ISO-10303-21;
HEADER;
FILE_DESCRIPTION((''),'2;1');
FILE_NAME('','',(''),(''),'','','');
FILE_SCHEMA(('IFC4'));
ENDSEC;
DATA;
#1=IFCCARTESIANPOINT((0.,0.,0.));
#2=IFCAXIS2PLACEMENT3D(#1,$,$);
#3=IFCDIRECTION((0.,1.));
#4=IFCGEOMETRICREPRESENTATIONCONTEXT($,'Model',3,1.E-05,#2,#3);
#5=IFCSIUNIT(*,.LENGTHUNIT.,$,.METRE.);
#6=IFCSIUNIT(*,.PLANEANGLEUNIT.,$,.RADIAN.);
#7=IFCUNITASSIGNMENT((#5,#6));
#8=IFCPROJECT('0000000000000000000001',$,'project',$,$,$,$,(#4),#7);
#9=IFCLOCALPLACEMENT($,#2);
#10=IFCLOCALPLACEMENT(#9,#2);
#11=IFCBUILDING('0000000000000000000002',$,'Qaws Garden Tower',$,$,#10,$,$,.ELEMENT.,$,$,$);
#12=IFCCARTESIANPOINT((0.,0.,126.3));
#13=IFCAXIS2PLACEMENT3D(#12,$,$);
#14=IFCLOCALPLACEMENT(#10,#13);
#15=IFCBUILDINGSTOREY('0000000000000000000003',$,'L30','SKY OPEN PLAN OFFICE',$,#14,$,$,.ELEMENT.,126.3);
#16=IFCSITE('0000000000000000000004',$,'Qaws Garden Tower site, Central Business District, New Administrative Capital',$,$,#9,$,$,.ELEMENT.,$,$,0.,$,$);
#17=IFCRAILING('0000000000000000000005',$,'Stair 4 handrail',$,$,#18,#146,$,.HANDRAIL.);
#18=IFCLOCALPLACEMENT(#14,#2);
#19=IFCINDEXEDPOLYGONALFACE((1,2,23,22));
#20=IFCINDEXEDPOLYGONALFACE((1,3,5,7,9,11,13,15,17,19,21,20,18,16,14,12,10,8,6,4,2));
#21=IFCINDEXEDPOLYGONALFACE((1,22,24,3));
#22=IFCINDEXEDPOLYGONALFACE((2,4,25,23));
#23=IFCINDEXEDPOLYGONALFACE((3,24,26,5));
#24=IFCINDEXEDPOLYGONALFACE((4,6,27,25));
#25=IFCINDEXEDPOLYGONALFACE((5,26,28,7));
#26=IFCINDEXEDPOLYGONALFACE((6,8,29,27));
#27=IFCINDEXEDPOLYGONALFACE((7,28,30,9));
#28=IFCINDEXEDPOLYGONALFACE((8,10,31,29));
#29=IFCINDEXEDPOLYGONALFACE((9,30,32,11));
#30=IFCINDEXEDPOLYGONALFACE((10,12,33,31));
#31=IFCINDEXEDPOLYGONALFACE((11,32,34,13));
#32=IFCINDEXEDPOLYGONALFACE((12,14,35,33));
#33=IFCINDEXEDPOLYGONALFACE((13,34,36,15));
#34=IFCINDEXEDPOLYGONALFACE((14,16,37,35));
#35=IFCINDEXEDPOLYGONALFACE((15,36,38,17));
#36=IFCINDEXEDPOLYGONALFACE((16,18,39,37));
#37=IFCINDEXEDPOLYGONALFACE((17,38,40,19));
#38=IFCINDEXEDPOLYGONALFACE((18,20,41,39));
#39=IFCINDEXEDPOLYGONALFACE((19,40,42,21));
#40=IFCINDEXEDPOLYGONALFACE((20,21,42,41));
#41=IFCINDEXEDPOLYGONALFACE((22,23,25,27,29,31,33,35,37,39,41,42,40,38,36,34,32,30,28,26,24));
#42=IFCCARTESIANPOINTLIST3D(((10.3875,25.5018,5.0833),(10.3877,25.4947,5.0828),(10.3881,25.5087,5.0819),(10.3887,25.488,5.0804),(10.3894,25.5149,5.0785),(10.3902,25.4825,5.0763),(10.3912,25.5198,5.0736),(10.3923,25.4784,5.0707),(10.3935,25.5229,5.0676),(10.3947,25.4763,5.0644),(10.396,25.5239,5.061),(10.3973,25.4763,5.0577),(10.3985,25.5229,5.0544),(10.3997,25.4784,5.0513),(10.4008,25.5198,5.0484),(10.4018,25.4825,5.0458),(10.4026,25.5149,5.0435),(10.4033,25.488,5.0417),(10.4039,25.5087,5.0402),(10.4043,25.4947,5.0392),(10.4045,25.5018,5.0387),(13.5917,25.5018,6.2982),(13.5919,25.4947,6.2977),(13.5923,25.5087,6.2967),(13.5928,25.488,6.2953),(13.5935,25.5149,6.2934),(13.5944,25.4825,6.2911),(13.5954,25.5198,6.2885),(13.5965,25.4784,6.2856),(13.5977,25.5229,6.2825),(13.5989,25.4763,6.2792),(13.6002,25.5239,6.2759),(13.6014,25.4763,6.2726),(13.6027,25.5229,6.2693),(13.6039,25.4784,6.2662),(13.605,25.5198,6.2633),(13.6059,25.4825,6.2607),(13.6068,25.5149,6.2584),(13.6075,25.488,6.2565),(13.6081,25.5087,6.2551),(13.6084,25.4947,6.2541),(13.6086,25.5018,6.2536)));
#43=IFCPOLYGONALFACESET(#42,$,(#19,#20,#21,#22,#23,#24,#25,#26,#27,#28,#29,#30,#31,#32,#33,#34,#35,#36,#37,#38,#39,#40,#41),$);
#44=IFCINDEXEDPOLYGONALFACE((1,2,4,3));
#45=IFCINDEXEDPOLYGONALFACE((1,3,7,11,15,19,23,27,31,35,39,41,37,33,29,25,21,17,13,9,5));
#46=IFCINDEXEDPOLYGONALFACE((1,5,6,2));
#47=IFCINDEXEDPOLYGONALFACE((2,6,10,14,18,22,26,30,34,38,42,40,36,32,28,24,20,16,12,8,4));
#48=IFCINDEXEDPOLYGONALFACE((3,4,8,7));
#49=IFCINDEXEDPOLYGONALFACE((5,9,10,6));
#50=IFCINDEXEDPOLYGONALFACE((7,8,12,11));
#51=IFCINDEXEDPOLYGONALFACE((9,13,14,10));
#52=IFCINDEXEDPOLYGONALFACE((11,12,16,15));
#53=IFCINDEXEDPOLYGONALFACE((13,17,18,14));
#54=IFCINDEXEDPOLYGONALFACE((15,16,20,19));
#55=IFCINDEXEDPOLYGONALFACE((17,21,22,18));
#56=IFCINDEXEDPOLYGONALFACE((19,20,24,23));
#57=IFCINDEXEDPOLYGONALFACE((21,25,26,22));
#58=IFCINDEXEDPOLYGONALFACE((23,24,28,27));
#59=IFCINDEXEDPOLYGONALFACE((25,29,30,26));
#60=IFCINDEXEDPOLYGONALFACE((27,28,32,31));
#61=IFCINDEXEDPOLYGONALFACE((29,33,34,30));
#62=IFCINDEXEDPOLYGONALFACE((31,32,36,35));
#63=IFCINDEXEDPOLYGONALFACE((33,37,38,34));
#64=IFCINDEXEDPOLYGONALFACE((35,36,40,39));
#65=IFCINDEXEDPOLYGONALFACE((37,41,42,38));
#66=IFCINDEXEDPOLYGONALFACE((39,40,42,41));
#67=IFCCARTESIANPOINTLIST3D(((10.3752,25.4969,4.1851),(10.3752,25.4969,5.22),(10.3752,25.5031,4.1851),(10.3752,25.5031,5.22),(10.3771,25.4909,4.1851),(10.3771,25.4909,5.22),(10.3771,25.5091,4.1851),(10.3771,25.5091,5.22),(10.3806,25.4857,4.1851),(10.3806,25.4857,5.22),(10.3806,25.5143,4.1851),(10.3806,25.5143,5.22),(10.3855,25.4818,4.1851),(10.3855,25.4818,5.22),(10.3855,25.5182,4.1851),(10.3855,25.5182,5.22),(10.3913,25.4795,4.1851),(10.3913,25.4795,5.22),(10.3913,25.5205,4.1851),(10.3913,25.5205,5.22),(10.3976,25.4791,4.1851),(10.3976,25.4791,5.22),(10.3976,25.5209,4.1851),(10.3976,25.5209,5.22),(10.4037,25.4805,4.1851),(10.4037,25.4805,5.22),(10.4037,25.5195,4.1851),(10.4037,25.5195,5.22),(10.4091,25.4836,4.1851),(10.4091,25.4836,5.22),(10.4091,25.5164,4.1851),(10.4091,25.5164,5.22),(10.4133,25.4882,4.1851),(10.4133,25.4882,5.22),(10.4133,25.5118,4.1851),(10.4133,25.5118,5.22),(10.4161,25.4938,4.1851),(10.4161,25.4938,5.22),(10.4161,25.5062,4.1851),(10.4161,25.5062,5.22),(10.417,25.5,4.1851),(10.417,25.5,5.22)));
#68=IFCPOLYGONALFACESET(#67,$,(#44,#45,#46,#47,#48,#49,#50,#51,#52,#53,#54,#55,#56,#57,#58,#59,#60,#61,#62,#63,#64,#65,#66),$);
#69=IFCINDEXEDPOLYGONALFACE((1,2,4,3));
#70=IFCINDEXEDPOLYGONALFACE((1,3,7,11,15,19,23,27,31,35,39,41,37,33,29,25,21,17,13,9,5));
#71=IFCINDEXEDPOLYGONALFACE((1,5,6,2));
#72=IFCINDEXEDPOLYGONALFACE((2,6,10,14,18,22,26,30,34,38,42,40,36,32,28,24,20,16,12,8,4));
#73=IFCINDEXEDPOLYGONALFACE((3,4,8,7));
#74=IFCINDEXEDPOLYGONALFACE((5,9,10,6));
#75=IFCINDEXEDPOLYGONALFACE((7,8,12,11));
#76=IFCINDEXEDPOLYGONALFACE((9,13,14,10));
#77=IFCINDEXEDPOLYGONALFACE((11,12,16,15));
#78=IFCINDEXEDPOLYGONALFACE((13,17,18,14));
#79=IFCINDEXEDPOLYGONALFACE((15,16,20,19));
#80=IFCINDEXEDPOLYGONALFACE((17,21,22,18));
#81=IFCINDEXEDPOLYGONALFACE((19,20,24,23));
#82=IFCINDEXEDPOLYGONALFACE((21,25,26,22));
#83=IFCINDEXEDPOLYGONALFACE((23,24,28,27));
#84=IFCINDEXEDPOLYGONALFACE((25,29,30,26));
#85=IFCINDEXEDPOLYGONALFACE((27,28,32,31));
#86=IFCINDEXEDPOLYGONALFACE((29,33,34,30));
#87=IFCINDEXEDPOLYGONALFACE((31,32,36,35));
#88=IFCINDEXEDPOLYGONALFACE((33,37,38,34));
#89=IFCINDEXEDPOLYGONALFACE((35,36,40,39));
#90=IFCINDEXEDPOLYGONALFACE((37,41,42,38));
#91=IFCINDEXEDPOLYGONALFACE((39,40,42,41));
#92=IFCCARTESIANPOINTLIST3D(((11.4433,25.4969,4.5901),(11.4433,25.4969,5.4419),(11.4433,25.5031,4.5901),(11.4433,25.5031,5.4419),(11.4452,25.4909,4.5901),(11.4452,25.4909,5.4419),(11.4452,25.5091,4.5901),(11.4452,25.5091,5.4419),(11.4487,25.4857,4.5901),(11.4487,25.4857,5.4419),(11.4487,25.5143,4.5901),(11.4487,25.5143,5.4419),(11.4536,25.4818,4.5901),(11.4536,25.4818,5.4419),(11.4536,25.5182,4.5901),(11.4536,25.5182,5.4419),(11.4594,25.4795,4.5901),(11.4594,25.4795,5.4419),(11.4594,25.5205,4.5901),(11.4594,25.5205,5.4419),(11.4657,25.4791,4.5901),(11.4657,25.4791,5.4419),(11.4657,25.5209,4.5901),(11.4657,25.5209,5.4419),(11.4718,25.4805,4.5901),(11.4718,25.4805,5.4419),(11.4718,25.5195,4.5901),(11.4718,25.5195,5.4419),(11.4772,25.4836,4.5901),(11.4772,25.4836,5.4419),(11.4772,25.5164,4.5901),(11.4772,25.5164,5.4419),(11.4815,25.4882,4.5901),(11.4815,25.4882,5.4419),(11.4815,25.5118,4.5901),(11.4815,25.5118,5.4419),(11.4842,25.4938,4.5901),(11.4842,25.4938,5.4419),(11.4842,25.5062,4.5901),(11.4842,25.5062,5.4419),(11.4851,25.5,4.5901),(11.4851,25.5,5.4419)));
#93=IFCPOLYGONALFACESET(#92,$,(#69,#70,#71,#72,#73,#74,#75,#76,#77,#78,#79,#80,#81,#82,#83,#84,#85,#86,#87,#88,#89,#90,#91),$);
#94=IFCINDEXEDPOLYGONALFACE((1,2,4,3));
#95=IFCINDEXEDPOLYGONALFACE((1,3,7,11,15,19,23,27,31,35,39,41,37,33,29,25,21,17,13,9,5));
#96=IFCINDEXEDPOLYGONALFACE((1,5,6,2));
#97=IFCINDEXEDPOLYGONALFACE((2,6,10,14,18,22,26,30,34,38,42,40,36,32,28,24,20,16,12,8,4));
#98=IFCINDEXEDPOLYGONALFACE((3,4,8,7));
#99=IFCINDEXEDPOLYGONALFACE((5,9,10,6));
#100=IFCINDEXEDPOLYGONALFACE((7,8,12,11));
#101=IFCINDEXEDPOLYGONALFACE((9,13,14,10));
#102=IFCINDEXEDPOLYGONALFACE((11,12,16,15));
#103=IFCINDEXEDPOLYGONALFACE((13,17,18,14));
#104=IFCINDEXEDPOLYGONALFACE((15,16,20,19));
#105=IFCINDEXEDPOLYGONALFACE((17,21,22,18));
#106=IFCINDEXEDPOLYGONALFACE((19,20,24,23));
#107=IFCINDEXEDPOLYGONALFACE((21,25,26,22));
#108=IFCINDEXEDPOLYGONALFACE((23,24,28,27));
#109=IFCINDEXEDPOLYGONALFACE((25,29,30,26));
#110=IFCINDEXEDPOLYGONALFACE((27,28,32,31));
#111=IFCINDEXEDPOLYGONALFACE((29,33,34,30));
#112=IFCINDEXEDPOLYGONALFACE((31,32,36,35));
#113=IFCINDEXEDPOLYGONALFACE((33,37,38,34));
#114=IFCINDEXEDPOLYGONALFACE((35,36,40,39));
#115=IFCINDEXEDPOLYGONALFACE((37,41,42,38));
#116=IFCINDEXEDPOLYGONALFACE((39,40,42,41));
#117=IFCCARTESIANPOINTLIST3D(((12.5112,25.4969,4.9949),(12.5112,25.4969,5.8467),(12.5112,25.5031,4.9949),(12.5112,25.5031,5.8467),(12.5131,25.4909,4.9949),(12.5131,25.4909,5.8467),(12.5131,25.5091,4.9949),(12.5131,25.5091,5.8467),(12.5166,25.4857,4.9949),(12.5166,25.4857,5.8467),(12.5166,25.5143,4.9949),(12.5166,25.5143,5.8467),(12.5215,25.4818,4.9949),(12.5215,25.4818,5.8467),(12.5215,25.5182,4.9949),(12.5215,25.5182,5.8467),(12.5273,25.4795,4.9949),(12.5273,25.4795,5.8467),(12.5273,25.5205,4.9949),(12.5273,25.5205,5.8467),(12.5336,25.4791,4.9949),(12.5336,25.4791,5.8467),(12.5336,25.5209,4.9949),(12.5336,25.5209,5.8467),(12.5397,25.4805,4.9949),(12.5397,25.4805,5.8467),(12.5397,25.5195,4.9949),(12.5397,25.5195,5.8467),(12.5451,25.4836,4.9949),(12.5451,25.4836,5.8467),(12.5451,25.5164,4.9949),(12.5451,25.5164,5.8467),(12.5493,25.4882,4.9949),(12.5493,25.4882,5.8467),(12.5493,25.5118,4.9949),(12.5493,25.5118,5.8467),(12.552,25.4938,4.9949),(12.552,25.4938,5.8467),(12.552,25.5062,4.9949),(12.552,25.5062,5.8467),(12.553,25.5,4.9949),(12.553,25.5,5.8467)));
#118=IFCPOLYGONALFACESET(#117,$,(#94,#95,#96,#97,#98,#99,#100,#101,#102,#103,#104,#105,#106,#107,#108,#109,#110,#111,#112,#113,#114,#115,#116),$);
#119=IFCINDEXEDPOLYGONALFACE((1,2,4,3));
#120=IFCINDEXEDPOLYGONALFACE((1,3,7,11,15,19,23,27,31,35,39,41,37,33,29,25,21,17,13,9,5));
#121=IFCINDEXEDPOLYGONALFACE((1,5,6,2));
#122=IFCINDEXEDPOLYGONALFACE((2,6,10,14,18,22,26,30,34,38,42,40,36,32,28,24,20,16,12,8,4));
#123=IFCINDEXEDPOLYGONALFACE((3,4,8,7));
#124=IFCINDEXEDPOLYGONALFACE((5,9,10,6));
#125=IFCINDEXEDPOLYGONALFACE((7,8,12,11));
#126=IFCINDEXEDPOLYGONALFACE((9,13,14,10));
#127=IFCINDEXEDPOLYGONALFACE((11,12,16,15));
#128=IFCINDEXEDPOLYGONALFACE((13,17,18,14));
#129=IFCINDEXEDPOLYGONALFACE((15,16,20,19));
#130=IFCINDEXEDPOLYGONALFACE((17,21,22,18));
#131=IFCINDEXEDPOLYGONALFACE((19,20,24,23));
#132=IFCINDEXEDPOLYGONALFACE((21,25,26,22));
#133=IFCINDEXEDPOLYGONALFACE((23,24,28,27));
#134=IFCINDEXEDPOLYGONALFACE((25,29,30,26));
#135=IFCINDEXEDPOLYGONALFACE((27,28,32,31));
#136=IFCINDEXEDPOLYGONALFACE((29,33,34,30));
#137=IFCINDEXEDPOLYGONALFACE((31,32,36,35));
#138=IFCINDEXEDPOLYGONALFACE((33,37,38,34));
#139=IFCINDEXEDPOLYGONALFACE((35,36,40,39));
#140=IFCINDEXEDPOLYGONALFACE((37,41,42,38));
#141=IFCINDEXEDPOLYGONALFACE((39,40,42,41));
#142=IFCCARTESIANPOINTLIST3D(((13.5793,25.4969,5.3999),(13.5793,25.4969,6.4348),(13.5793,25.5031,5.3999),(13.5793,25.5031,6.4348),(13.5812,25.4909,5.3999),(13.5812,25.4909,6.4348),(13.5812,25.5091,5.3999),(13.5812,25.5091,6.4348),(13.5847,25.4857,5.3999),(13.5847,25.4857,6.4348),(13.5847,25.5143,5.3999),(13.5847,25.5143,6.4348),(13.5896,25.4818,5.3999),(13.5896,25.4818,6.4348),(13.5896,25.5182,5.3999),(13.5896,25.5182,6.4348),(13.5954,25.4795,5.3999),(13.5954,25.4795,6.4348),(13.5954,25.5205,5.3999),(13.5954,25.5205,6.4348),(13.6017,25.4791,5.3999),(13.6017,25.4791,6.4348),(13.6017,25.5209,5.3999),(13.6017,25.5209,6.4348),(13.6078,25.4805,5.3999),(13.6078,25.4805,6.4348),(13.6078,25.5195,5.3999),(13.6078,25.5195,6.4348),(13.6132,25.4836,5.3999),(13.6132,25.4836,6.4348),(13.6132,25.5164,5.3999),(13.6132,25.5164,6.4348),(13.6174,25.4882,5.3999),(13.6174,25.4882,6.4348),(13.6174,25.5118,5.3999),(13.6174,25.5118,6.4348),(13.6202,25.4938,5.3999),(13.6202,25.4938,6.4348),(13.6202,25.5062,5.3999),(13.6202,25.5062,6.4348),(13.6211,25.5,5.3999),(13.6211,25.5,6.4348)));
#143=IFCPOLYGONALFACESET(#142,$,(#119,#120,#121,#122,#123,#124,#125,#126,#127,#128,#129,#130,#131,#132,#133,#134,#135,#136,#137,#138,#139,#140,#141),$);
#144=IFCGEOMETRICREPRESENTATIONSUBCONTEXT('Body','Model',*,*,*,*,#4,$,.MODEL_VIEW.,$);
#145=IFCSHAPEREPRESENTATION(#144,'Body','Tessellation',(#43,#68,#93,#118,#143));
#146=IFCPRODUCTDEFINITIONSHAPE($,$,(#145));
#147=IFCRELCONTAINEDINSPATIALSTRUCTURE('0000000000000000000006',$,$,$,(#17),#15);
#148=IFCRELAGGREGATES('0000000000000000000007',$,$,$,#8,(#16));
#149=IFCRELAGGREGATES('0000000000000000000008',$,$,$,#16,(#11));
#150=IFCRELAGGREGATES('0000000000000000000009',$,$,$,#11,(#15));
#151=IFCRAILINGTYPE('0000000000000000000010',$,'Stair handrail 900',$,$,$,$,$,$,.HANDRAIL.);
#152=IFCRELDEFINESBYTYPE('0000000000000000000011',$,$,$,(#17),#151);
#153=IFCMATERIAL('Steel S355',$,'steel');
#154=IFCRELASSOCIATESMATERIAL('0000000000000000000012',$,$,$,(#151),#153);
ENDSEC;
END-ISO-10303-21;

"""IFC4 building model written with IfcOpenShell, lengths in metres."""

from ifc_helpers import new_model, si_unit, direction, frame, origin, origin_2d, place, context, subcontext, project, spatial, circle, extrude, material, type_object, element, save


model = new_model("IFC4")

# Units and contexts
model_context = context("Model", 3, precision=1e-05, world=origin(), true_north=direction((0.0, 1.0)))
body_context = subcontext(model_context, "Body", "Model", "MODEL_VIEW")
ifc_project = project(units=[si_unit("LENGTHUNIT", "METRE"), si_unit("PLANEANGLEUNIT", "RADIAN")], contexts=[model_context])

# Site, building, storey
site_placement = place(None, origin())
site = spatial("IfcSite", under=ifc_project, at=site_placement, Name="Qaws Garden Tower site, Central Business District, New Administrative Capital", CompositionType="ELEMENT", RefElevation=0.0)
building_placement = place(site_placement, origin())
building = spatial("IfcBuilding", under=site, at=building_placement, Name="Qaws Garden Tower", CompositionType="ELEMENT")
storey_placement = place(building_placement, frame((0.0, 0.0, 126.3)))
storey = spatial("IfcBuildingStorey", under=building, at=storey_placement, Name="L30", Description="SKY OPEN PLAN OFFICE", CompositionType="ELEMENT", Elevation=126.3)

# Railing
ifc_material_1 = material(Name="Steel S355", Category="steel")
railing_type = type_object("IfcRailingType", Name="Stair handrail 900", PredefinedType="HANDRAIL", material=ifc_material_1)
railing_1_placement = place(storey_placement, frame((10.396, 25.5, 4.1851)))
element("IfcRailing", 1, at=railing_1_placement, inside=storey, type_object=railing_type, Name="Stair 4 handrail", PredefinedType="HANDRAIL", context=body_context, shape_type="SweptSolid", body=[
    extrude(circle(Radius=0.0239, at=origin_2d()), frame((0.0, 0.0, 0.876), z_axis=(0.935046, 0.0, 0.354525), x_axis=(0.0, 1.0, 0.0)), (0.0, 0.0, 1.0), 3.4268),
    extrude(circle(Radius=0.021, at=origin_2d()), origin(), (0.0, 0.0, 1.0), 1.0349),
    extrude(circle(Radius=0.021, at=origin_2d()), frame((1.0681, 0.0, 0.405)), (0.0, 0.0, 1.0), 0.8518),
    extrude(circle(Radius=0.021, at=origin_2d()), frame((2.136, 0.0, 0.8098)), (0.0, 0.0, 1.0), 0.8518),
    extrude(circle(Radius=0.021, at=origin_2d()), frame((3.2041, 0.0, 1.2148)), (0.0, 0.0, 1.0), 1.0349),
])

save(model, "model.ifc")
